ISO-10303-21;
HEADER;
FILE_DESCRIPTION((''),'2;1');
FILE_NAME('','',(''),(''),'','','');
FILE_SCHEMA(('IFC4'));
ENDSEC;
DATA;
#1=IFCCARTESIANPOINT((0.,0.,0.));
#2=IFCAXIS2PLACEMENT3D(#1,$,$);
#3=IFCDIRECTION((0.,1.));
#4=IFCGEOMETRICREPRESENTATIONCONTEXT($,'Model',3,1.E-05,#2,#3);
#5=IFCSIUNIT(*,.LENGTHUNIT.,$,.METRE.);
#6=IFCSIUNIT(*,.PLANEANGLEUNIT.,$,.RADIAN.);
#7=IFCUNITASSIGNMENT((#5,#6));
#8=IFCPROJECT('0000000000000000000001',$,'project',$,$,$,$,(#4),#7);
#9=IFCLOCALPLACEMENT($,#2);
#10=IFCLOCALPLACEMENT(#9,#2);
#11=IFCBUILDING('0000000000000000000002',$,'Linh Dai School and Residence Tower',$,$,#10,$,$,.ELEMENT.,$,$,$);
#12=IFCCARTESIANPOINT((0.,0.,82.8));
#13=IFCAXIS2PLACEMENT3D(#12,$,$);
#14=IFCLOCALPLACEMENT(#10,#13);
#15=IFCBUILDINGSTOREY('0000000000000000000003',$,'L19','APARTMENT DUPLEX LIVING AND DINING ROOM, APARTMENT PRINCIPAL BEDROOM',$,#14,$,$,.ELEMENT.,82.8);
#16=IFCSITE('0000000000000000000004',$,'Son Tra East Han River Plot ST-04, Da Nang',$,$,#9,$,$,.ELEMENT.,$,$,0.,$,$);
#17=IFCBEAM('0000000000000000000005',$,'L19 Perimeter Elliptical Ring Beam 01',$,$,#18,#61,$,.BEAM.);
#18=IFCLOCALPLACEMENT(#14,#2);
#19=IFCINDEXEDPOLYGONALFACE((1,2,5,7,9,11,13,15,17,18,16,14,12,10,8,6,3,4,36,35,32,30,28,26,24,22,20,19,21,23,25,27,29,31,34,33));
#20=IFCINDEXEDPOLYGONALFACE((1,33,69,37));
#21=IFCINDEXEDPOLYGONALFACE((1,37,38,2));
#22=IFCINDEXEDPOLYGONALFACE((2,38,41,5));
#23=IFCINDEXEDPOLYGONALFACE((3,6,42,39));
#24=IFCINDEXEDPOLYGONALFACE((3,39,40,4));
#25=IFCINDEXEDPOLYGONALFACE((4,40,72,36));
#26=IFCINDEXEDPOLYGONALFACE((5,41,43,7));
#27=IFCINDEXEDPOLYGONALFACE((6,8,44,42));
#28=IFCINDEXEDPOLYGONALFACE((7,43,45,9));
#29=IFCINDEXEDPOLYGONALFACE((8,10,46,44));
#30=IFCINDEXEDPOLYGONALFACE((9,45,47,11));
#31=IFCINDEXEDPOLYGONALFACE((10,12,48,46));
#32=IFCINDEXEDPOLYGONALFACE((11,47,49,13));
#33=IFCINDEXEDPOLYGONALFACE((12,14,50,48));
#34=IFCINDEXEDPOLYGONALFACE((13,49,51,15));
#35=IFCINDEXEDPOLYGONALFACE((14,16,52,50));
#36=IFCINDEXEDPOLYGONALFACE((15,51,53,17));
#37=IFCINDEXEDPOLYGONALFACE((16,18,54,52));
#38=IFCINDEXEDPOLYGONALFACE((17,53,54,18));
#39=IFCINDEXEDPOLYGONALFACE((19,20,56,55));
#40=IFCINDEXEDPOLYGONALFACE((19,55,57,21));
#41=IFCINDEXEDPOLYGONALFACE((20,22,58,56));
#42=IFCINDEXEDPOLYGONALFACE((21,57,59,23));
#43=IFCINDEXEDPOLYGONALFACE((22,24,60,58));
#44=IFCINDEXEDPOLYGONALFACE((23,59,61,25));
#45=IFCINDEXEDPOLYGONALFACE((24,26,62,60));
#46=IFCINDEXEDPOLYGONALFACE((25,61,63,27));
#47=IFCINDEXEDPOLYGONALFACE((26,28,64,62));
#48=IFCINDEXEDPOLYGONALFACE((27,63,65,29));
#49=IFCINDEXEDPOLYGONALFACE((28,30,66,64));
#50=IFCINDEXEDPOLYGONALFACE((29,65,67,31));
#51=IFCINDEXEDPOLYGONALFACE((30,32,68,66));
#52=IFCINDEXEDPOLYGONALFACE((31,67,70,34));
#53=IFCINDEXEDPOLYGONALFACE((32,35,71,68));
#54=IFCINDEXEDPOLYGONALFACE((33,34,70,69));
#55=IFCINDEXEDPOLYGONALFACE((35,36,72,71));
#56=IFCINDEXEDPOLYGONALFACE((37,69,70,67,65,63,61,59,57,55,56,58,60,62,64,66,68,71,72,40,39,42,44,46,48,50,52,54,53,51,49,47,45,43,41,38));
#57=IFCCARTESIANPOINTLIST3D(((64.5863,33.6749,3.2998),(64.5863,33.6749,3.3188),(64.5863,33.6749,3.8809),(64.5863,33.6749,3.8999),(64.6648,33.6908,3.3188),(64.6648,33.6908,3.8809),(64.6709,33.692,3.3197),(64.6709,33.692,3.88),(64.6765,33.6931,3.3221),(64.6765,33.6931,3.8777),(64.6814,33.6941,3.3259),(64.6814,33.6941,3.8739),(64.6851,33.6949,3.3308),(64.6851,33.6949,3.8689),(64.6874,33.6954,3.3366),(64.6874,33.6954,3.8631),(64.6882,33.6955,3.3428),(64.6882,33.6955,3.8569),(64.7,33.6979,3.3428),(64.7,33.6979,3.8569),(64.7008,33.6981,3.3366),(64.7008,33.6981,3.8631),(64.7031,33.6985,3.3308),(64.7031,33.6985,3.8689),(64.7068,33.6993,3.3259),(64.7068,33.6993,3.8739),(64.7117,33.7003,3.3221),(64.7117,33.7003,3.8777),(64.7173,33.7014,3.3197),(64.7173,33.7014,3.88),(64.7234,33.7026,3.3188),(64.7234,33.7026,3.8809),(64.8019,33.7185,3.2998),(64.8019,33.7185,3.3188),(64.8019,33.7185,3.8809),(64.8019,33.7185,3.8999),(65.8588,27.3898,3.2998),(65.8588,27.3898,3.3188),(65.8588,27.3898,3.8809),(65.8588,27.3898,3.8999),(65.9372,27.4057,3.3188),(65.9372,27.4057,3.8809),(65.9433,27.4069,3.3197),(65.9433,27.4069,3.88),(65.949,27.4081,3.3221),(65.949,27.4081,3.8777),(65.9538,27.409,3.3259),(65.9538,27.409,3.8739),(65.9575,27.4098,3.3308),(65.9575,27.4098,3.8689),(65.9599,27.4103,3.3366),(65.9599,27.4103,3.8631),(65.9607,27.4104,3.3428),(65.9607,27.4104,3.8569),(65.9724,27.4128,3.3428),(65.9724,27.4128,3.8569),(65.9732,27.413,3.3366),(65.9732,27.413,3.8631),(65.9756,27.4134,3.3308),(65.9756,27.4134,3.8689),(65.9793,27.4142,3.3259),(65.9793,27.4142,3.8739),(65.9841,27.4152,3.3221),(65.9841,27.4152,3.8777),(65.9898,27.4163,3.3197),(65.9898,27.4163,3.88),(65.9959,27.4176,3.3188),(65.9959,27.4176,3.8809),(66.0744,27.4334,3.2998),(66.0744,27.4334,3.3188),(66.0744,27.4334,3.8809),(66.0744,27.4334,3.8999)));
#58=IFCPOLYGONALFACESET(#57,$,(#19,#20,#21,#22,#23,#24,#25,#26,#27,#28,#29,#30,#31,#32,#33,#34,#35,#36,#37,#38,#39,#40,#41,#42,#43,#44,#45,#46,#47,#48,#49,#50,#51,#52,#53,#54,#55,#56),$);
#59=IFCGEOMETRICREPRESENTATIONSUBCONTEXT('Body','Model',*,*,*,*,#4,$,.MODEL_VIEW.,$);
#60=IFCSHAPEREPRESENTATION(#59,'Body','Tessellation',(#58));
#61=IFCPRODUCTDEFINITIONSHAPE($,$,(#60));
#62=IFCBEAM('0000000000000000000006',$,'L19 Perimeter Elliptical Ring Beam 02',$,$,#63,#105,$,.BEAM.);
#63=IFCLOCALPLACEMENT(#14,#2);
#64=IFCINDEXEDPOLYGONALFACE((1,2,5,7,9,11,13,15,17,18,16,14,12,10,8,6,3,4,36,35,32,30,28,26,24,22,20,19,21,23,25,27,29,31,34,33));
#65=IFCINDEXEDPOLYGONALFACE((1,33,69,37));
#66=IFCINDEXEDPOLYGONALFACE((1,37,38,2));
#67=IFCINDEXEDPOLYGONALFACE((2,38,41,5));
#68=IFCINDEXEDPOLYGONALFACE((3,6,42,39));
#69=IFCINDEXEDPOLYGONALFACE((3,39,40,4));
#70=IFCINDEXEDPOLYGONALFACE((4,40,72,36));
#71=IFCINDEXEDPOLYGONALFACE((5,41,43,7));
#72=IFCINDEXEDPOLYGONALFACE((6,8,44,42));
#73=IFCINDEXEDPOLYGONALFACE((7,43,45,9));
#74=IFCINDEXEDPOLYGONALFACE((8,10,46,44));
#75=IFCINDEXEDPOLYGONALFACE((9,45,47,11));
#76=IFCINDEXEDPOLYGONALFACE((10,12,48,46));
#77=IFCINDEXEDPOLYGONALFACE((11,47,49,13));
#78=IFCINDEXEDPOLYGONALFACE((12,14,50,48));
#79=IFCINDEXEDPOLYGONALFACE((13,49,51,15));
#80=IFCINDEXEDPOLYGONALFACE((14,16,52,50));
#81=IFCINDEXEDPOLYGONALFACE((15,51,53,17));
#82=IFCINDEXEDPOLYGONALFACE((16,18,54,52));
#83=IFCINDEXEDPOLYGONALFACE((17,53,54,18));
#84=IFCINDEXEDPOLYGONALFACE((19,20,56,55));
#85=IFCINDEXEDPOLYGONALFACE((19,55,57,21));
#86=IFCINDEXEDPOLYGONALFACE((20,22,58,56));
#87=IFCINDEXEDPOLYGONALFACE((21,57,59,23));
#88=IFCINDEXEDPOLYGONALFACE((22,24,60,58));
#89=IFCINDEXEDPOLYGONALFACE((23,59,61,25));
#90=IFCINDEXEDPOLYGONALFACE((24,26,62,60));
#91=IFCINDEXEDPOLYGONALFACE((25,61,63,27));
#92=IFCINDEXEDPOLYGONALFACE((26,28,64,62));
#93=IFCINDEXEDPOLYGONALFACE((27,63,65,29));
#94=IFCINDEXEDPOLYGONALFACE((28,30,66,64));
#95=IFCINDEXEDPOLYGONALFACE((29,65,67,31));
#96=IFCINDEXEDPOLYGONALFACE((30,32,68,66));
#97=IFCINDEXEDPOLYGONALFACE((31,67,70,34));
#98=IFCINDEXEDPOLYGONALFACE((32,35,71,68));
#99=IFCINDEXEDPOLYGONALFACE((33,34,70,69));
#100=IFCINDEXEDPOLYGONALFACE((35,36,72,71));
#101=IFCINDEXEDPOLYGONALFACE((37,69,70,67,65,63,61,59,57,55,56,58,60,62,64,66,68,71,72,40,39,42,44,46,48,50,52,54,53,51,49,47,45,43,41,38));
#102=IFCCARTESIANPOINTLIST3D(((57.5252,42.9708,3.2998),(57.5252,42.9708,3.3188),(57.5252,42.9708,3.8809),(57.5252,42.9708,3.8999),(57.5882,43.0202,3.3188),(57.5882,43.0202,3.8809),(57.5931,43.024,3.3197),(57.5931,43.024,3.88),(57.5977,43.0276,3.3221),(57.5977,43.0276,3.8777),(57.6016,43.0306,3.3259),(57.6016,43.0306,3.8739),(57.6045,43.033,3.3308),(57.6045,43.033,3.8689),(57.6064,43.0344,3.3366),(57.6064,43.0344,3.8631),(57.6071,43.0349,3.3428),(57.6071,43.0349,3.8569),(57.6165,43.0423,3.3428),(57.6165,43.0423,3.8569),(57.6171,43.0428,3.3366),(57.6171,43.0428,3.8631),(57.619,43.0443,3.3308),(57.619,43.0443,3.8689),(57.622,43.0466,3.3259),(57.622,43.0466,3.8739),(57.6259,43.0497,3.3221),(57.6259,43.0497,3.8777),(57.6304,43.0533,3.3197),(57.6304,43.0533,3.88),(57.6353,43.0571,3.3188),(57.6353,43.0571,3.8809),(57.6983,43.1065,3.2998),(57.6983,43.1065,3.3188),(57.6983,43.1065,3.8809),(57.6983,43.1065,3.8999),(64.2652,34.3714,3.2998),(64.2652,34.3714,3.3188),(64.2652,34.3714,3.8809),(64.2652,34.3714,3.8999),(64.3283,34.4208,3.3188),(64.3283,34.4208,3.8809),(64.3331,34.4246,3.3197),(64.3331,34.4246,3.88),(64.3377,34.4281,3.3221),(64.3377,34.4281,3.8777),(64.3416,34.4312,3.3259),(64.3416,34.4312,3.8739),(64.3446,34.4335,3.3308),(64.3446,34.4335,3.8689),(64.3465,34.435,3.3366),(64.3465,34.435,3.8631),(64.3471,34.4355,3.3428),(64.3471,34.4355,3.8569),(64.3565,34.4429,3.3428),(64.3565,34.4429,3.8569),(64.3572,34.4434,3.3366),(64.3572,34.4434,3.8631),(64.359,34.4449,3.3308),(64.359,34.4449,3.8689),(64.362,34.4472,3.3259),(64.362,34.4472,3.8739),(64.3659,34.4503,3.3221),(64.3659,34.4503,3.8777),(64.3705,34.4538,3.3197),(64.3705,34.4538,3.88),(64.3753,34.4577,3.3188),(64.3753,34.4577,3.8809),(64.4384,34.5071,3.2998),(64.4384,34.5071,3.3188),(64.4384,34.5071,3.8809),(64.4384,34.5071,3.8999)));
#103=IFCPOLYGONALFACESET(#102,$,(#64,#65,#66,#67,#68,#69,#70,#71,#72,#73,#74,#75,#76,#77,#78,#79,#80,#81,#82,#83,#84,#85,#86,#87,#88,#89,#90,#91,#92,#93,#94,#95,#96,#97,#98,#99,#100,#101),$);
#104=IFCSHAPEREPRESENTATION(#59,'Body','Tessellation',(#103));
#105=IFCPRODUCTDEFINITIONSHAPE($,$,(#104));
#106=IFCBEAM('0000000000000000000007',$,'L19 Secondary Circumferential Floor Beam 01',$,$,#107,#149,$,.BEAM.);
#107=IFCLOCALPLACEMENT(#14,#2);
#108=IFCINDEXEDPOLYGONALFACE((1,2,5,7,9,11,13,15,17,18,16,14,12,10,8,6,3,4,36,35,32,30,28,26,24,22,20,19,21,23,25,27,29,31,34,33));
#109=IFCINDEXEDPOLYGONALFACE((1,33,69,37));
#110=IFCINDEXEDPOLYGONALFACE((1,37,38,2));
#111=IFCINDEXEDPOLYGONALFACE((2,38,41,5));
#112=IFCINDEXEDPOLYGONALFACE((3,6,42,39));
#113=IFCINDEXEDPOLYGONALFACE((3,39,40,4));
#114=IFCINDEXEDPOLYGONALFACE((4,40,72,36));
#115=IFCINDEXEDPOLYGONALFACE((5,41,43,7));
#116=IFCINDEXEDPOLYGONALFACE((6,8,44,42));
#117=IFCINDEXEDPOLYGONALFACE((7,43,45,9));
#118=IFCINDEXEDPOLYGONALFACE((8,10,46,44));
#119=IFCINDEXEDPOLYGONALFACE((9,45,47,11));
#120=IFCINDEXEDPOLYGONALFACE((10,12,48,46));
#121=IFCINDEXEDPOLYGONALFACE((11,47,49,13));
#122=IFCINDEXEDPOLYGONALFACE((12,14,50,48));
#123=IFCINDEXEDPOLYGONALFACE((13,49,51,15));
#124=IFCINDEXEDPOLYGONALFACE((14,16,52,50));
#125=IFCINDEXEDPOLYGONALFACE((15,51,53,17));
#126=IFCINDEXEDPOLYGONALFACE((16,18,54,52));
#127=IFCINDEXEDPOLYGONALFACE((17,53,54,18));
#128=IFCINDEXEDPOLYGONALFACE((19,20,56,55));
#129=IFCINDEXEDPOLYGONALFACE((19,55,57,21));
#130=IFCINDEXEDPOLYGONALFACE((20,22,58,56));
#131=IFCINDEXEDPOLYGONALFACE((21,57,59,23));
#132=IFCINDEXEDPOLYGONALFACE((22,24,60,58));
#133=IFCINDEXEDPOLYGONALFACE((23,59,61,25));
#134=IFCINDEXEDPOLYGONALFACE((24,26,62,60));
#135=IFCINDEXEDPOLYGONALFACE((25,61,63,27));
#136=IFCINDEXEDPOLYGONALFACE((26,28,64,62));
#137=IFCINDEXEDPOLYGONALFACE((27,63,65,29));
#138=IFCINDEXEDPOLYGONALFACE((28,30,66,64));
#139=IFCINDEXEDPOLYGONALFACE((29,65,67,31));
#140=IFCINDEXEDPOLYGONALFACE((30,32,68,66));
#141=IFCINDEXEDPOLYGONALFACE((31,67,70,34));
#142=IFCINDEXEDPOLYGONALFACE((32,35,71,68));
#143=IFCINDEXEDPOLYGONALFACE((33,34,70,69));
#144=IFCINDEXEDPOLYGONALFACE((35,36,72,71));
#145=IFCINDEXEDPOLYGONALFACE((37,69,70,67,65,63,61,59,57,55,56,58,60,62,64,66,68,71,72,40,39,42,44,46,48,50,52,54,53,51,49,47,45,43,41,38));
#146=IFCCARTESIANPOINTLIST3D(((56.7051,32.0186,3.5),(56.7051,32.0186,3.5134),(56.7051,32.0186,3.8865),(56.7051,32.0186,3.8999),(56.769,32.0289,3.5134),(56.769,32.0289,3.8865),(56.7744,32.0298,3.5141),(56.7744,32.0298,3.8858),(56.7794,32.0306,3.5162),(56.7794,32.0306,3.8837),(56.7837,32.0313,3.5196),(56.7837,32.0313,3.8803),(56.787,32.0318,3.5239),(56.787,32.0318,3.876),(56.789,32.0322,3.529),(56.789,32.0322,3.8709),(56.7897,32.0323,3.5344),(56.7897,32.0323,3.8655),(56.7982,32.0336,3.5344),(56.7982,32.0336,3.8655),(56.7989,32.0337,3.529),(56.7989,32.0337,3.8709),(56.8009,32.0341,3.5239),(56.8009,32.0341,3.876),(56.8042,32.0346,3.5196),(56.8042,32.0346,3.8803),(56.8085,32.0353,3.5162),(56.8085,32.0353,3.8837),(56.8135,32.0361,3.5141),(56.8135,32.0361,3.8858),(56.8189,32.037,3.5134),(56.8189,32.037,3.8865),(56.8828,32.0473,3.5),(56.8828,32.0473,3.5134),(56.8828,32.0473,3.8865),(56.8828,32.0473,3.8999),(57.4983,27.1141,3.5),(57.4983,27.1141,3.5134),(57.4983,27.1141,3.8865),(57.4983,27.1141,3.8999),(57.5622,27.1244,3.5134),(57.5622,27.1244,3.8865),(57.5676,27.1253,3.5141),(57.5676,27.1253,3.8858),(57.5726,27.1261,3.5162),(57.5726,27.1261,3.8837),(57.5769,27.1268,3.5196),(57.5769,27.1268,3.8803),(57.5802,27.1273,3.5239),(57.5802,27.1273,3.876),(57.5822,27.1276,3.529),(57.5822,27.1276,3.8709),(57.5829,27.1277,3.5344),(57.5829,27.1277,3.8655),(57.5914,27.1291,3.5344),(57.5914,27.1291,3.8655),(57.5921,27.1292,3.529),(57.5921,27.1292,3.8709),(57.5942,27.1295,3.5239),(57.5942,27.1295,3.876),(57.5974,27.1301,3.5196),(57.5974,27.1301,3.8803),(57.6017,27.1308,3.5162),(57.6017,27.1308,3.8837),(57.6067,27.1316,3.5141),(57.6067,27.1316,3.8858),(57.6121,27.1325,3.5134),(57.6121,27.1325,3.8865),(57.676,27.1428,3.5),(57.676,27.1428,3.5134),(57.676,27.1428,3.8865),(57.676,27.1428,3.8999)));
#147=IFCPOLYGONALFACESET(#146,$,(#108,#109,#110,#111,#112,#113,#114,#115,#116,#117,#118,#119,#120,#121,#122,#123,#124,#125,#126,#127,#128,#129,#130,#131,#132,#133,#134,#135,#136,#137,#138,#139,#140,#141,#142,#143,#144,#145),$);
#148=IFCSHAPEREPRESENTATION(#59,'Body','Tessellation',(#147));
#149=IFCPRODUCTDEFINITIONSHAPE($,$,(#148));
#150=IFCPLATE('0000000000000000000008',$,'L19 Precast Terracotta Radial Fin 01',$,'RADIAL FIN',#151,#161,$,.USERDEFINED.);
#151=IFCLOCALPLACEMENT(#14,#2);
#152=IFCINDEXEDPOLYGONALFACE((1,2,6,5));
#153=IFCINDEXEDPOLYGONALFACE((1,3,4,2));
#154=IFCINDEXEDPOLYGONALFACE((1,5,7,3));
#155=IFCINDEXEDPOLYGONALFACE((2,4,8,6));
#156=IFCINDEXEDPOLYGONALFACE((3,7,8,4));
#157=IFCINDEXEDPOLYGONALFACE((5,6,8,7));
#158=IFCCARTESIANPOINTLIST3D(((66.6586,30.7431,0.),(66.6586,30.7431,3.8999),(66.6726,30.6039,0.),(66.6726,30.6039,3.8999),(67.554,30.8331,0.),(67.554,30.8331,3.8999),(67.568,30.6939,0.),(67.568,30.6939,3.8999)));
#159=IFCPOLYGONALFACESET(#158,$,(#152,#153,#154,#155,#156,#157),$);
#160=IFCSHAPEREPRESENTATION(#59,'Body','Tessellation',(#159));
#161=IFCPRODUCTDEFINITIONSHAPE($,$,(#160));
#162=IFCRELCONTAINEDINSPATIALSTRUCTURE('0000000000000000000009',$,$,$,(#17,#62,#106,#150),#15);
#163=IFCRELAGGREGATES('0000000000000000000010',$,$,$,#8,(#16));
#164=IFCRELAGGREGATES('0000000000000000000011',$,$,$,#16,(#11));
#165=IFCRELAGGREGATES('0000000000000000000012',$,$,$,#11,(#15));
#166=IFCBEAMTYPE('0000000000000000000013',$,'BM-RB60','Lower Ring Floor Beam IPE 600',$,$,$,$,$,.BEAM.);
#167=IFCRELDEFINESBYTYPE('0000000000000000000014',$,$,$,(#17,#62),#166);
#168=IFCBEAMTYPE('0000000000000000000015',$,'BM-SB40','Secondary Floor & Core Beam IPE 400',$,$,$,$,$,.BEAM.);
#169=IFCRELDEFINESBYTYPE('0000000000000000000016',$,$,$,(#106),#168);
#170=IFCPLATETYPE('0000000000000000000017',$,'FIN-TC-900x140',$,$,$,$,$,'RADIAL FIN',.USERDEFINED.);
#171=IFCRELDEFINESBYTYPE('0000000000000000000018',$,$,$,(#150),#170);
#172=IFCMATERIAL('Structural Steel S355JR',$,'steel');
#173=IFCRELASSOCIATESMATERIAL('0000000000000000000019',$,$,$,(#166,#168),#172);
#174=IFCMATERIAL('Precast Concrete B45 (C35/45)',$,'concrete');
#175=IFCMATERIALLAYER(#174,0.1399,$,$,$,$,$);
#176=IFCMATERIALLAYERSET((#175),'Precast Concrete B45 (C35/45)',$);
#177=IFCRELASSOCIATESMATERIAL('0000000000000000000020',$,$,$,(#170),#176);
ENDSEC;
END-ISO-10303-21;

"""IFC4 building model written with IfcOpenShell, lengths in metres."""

from ifc_helpers import new_model, si_unit, direction, frame, origin, origin_2d, place, context, subcontext, project, spatial, rectangle, i_section, extrude, source, transform, mapped, material, layer, layer_set, material_profile, profile_set, type_object, element, save


model = new_model("IFC4")

# Units and contexts
model_context = context("Model", 3, precision=1e-05, world=origin(), true_north=direction((0.0, 1.0)))
body_context = subcontext(model_context, "Body", "Model", "MODEL_VIEW")
ifc_project = project(units=[si_unit("LENGTHUNIT", "METRE"), si_unit("PLANEANGLEUNIT", "RADIAN")], contexts=[model_context])

# Site, building, storey
site_placement = place(None, origin())
site = spatial("IfcSite", under=ifc_project, at=site_placement, Name="Son Tra East Han River Plot ST-04, Da Nang", CompositionType="ELEMENT", RefElevation=0.0)
building_placement = place(site_placement, origin())
building = spatial("IfcBuilding", under=site, at=building_placement, Name="Linh Dai School and Residence Tower", CompositionType="ELEMENT")
storey_placement = place(building_placement, frame((0.0, 0.0, 82.8)))
storey = spatial("IfcBuildingStorey", under=building, at=storey_placement, Name="L19", Description="APARTMENT DUPLEX LIVING AND DINING ROOM, APARTMENT PRINCIPAL BEDROOM", CompositionType="ELEMENT", Elevation=82.8)

# Shared definitions
ifc_material_1 = material(Name="Structural Steel S355JR", Category="steel")

# Beams
ifc_material_profile_1 = material_profile(ifc_material_1, i_section(OverallWidth=0.22, OverallDepth=0.6001, WebThickness=0.012, FlangeThickness=0.019, FilletRadius=0.0239, at=origin_2d()), Name="IPE 600")
ifc_profile_set_1 = profile_set([ifc_material_profile_1], Name="Structural Steel S355JR")
beam_type_1 = type_object("IfcBeamType", Name="BM-RB60", Description="Lower Ring Floor Beam IPE 600", PredefinedType="BEAM", material=ifc_profile_set_1)
beam_1_placement = place(storey_placement, frame((65.9666, 27.4116, 3.5999), z_axis=(-0.198429, 0.980115, 0.0), x_axis=(-0.980115, -0.198429, 0.0)))
element("IfcBeam", 1, at=beam_1_placement, inside=storey, type_object=beam_type_1, Name="L19 Perimeter Elliptical Ring Beam 01", PredefinedType="BEAM", context=body_context, shape_type="SweptSolid", body=[
    extrude(i_section(OverallWidth=0.22, OverallDepth=0.6001, WebThickness=0.012, FlangeThickness=0.019, FilletRadius=0.0239, at=origin_2d()), origin(), (0.0, 0.0, 1.0), 6.4126),
])
beam_2_placement = place(storey_placement, frame((64.3518, 34.4392, 3.5999), z_axis=(-0.616879, 0.787058, 0.0), x_axis=(-0.787058, -0.616879, 0.0)))
element("IfcBeam", 2, at=beam_2_placement, inside=storey, type_object=beam_type_1, Name="L19 Perimeter Elliptical Ring Beam 02", PredefinedType="BEAM", context=body_context, shape_type="SweptSolid", body=[
    extrude(i_section(OverallWidth=0.22, OverallDepth=0.6001, WebThickness=0.012, FlangeThickness=0.019, FilletRadius=0.0239, at=origin_2d()), origin(), (0.0, 0.0, 1.0), 10.926),
])
ifc_material_profile_2 = material_profile(ifc_material_1, i_section(OverallWidth=0.1799, OverallDepth=0.3999, WebThickness=0.0085, FlangeThickness=0.0134, FilletRadius=0.021, at=origin_2d()), Name="IPE 400")
ifc_profile_set_2 = profile_set([ifc_material_profile_2], Name="Structural Steel S355JR")
beam_type_2 = type_object("IfcBeamType", Name="BM-SB40", Description="Secondary Floor & Core Beam IPE 400", PredefinedType="BEAM", material=ifc_profile_set_2)
beam_3_placement = place(storey_placement, frame((57.5872, 27.1284, 3.7), z_axis=(-0.159656, 0.987173, 0.0), x_axis=(-0.987173, -0.159656, 0.0)))
element("IfcBeam", 3, at=beam_3_placement, inside=storey, type_object=beam_type_2, Name="L19 Secondary Circumferential Floor Beam 01", PredefinedType="BEAM", context=body_context, shape_type="SweptSolid", body=[
    extrude(i_section(OverallWidth=0.1799, OverallDepth=0.3999, WebThickness=0.0085, FlangeThickness=0.0134, FilletRadius=0.021, at=origin_2d()), origin(), (0.0, 0.0, 1.0), 4.9683),
])

# Plate
ifc_material_2 = material(Name="Precast Concrete B45 (C35/45)", Category="concrete")
ifc_layer_1 = layer(ifc_material_2, 0.1399)
ifc_layer_set_1 = layer_set([ifc_layer_1], Name="Precast Concrete B45 (C35/45)")
plate_type = type_object("IfcPlateType", Name="FIN-TC-900x140", ElementType="RADIAL FIN", PredefinedType="USERDEFINED", material=ifc_layer_set_1)
shared_shape_1 = source(origin(), body_context, "Body", "SweptSolid", [
    extrude(rectangle(XDim=0.8999, YDim=0.1399, at=origin_2d()), origin(), (0.0, 0.0, 1.0), 3.8999),
])
plate_placement = place(storey_placement, frame((67.1133, 30.7185, 0.0), z_axis=(0.0, 0.0, 1.0), x_axis=(0.994986, 0.100009, 0.0)))
element("IfcPlate", 4, at=plate_placement, inside=storey, type_object=plate_type, Name="L19 Precast Terracotta Radial Fin 01", ObjectType="RADIAL FIN", PredefinedType="USERDEFINED", context=body_context, shape_type="MappedRepresentation", body=[
    mapped(shared_shape_1, transform((0.0, 0.0, 0.0), x_axis=(1.0, 0.0, 0.0), y_axis=(0.0, 1.0, 0.0), z_axis=(0.0, 0.0, 1.0), scale=1.0)),
])

save(model, "model.ifc")
